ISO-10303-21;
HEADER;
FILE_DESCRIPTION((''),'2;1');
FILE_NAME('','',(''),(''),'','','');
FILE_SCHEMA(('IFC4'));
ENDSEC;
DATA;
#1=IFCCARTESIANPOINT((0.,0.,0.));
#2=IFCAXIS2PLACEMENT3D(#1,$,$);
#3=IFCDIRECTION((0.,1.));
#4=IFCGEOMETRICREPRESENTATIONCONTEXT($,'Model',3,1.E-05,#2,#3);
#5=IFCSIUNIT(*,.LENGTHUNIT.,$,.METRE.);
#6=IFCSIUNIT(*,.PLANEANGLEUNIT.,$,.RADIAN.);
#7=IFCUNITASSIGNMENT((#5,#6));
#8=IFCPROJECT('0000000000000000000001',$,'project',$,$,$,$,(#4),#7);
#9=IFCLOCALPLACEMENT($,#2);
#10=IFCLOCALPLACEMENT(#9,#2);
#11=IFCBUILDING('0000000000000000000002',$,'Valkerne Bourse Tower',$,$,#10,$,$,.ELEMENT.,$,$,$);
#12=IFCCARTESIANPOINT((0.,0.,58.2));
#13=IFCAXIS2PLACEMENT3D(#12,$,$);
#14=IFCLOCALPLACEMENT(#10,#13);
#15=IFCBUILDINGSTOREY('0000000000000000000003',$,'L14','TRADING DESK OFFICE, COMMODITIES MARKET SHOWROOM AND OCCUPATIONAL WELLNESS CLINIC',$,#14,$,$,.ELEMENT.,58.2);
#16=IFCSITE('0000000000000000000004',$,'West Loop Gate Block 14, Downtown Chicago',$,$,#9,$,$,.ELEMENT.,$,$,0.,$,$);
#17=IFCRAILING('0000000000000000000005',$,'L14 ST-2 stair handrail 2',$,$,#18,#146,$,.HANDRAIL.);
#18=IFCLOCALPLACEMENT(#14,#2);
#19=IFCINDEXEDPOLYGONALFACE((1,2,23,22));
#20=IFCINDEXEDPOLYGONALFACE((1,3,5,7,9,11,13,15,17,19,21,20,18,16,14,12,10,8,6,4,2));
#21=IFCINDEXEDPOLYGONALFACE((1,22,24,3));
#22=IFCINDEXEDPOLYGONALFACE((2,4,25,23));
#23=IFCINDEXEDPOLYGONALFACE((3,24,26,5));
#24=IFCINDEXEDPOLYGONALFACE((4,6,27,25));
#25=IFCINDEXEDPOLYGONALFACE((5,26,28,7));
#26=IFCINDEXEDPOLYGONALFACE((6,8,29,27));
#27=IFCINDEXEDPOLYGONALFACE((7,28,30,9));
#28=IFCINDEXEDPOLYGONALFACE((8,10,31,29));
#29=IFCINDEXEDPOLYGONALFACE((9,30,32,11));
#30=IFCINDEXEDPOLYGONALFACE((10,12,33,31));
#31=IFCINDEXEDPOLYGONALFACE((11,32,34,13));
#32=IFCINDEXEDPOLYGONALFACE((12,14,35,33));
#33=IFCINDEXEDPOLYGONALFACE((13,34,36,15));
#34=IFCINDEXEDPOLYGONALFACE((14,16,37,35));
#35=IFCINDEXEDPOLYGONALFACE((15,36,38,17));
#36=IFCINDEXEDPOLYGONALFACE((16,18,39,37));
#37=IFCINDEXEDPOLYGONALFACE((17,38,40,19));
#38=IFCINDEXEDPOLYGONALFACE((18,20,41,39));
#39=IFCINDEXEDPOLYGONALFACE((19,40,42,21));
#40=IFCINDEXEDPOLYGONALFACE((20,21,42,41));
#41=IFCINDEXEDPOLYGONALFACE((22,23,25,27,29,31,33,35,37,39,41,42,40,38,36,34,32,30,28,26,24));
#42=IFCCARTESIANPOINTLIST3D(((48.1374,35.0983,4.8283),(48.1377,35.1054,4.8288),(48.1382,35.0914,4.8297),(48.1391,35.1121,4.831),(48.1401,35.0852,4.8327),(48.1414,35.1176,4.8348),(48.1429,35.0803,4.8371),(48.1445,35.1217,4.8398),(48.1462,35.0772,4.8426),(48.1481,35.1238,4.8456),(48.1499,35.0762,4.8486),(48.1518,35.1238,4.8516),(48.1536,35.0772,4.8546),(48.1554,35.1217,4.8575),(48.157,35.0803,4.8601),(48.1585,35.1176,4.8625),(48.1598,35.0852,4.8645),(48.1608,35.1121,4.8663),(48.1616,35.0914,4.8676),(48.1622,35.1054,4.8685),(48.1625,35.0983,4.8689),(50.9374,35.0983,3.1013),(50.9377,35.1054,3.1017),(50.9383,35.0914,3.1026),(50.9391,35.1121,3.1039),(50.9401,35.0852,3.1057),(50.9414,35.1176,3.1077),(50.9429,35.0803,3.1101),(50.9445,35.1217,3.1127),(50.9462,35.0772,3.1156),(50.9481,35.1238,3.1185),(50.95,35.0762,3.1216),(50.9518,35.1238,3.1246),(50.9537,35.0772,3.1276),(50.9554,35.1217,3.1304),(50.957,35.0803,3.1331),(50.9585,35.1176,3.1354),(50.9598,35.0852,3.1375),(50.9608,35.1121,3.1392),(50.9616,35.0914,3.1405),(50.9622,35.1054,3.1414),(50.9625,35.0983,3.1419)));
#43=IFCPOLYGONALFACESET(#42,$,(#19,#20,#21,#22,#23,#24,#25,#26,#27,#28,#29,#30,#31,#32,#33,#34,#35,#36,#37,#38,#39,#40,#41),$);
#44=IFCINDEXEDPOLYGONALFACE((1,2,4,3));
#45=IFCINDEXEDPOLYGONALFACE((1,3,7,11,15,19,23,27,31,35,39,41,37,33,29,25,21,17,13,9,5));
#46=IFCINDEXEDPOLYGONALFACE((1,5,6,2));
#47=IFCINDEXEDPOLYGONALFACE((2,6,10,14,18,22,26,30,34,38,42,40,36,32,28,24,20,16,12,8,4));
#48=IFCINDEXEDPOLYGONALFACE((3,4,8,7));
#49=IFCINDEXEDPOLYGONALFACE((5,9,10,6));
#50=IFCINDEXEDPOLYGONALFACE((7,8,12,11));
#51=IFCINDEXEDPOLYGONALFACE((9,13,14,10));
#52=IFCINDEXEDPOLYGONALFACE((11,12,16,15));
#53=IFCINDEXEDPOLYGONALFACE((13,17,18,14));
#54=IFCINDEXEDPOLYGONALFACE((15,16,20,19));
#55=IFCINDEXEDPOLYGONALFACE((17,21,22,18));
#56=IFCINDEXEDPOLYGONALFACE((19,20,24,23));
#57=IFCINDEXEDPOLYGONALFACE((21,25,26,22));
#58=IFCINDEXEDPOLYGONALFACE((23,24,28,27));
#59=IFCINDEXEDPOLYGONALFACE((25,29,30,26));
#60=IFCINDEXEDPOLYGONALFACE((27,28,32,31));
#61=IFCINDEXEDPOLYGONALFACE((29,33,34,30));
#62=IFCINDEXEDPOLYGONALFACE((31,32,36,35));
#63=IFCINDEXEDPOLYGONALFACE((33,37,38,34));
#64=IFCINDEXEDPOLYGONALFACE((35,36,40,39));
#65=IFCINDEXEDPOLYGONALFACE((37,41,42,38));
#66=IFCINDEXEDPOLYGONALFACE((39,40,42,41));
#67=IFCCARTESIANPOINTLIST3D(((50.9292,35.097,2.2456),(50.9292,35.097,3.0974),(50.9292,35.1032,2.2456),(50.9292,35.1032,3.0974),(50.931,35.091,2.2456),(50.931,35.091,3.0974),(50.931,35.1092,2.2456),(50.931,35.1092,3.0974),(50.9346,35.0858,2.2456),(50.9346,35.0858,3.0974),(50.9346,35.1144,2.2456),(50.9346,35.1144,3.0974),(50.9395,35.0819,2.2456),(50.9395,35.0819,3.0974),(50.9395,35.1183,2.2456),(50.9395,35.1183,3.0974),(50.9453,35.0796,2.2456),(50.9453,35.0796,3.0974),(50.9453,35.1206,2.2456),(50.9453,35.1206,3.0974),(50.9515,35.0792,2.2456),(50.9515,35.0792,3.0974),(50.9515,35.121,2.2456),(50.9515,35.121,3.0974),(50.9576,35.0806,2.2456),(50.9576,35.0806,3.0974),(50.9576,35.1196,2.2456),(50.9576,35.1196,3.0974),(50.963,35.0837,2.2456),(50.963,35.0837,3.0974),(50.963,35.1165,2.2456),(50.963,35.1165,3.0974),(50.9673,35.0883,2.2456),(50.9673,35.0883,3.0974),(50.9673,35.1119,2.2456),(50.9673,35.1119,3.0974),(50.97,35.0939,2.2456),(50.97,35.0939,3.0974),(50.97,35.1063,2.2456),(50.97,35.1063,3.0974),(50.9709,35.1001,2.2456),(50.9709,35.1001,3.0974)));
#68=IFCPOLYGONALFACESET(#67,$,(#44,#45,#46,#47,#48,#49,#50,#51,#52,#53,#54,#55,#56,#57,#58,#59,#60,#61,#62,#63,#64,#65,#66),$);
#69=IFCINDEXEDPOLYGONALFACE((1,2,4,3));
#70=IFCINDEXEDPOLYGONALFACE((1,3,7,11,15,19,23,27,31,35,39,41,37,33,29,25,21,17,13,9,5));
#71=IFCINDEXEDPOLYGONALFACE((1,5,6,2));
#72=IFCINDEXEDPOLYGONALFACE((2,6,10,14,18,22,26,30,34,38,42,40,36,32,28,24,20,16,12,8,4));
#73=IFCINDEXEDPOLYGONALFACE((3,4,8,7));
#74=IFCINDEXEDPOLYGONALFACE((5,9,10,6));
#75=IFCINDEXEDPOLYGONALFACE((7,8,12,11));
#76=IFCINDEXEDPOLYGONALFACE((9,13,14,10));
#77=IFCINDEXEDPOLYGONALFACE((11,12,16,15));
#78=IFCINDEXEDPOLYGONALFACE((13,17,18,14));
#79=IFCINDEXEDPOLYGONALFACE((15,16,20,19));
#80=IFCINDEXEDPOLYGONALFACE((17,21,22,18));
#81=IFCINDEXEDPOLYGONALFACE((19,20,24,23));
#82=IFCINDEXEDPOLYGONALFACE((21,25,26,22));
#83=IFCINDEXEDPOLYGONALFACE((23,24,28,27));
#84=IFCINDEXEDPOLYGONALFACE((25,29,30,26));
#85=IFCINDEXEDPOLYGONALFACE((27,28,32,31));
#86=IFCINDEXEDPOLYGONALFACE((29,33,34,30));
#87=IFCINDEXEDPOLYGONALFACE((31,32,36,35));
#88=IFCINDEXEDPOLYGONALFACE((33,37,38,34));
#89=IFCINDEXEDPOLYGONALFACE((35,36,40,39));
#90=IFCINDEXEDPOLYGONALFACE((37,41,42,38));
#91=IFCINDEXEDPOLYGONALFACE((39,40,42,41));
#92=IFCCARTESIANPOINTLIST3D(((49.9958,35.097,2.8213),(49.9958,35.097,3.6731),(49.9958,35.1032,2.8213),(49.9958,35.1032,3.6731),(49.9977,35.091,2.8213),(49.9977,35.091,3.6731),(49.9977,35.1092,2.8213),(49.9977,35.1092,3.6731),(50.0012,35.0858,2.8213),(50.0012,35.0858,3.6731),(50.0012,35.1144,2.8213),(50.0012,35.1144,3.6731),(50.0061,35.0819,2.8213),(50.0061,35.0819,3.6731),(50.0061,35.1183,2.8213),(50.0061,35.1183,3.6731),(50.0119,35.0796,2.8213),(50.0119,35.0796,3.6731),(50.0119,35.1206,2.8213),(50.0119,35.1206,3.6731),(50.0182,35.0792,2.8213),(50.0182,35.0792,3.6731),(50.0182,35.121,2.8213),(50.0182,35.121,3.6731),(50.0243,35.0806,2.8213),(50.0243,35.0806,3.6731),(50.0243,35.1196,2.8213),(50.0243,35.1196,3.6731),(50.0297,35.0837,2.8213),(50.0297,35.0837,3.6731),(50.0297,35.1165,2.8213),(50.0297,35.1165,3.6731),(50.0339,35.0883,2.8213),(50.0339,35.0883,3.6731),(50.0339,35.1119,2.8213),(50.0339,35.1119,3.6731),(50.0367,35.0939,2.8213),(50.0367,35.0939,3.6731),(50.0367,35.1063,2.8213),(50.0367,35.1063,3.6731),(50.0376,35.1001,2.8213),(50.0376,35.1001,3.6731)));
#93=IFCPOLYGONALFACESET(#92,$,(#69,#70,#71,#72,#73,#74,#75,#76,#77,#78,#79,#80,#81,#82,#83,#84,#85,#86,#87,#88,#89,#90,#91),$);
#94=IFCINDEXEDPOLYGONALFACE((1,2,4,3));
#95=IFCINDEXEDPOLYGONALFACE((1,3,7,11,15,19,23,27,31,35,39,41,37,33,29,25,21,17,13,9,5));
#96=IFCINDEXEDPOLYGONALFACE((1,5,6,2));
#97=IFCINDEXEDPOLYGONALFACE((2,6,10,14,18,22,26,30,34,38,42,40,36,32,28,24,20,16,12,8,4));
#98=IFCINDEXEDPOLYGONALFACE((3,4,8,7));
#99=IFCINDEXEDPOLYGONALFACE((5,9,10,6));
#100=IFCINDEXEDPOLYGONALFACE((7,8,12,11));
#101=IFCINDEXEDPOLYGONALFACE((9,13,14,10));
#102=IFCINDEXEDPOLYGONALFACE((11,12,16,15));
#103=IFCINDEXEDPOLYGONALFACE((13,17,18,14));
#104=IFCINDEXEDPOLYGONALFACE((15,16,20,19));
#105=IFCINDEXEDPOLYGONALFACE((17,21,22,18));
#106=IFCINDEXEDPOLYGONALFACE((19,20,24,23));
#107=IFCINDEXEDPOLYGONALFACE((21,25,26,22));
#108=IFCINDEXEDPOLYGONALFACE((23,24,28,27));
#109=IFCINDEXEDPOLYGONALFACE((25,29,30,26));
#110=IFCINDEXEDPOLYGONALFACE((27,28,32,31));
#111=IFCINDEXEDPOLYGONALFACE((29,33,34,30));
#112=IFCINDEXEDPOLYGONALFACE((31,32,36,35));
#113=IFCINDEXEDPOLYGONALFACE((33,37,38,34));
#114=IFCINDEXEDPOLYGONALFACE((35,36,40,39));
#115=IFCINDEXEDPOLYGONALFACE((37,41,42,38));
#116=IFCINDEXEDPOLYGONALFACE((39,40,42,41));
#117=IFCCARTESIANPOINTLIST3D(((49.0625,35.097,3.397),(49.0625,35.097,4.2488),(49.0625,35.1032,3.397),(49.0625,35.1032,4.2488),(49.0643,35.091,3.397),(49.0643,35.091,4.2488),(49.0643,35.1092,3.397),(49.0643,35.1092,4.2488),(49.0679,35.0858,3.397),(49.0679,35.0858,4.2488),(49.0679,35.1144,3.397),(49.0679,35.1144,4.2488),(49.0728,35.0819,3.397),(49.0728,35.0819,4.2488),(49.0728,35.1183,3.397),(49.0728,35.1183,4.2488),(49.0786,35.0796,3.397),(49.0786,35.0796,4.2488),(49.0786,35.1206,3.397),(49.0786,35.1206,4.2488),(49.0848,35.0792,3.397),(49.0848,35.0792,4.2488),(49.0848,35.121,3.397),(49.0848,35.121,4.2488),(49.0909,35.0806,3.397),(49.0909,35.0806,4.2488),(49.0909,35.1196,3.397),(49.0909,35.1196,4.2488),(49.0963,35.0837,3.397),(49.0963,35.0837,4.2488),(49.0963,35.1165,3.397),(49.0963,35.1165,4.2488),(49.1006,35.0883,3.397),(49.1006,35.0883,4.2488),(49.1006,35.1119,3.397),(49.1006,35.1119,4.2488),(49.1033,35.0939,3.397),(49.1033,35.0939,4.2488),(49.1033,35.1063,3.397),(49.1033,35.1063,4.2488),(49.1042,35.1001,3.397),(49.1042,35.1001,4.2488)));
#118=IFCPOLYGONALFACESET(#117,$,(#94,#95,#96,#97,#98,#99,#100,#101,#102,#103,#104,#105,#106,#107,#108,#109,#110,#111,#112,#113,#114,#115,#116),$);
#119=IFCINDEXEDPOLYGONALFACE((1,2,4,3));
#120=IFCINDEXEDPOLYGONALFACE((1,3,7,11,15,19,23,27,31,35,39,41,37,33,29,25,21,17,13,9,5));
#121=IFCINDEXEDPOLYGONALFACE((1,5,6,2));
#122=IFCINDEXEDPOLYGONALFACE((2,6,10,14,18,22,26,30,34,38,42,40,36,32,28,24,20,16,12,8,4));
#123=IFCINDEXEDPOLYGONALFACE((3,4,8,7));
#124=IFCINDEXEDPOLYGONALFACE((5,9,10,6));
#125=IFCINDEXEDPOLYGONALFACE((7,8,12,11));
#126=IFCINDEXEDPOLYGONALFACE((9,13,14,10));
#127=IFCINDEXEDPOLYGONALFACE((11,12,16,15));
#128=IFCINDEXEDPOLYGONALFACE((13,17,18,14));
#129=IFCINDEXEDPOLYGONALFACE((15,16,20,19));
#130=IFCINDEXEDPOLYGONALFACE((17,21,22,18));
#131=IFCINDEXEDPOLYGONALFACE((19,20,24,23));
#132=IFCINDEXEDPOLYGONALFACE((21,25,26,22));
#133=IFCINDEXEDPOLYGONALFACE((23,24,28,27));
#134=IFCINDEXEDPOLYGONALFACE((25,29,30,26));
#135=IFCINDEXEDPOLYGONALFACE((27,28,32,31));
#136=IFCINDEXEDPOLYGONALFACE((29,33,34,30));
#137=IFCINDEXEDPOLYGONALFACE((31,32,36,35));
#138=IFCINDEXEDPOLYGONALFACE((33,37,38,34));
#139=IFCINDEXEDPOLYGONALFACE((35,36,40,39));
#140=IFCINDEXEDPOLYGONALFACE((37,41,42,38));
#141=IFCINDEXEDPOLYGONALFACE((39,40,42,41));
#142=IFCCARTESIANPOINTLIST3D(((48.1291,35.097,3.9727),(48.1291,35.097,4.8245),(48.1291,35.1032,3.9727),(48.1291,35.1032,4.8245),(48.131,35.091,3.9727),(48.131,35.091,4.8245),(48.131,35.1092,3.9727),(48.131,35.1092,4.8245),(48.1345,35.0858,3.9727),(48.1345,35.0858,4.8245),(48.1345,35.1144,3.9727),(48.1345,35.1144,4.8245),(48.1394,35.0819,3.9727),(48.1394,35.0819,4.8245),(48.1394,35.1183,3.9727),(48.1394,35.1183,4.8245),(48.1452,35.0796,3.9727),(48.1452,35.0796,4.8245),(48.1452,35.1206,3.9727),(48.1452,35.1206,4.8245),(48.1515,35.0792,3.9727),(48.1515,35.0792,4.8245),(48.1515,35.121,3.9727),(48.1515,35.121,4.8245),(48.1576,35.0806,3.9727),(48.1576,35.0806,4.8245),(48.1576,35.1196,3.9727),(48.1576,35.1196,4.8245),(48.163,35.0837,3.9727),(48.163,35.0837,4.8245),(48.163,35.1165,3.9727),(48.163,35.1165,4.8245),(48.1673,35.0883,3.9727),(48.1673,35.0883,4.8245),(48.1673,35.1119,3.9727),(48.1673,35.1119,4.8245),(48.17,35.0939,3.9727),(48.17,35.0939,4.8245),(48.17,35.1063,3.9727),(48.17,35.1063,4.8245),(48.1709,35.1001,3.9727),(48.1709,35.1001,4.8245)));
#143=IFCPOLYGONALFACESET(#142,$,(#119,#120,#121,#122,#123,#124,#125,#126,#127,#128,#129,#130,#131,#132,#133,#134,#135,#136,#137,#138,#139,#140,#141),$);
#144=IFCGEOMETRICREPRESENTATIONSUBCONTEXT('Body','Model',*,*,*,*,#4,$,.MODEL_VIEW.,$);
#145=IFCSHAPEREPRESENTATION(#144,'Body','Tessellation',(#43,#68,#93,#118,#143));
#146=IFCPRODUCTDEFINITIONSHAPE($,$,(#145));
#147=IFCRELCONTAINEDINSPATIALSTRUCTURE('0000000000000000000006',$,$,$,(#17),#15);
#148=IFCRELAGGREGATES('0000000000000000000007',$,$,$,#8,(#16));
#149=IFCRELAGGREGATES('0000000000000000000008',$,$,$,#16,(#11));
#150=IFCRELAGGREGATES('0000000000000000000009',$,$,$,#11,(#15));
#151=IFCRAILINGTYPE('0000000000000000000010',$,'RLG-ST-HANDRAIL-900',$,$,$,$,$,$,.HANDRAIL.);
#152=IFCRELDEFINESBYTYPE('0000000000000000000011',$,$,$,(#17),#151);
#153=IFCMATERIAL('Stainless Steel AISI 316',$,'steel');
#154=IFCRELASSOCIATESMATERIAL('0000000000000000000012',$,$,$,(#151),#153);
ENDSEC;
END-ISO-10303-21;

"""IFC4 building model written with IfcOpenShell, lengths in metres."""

from ifc_helpers import new_model, si_unit, direction, frame, origin, origin_2d, place, context, subcontext, project, spatial, circle, extrude, material, type_object, element, save


model = new_model("IFC4")

# Units and contexts
model_context = context("Model", 3, precision=1e-05, world=origin(), true_north=direction((0.0, 1.0)))
body_context = subcontext(model_context, "Body", "Model", "MODEL_VIEW")
ifc_project = project(units=[si_unit("LENGTHUNIT", "METRE"), si_unit("PLANEANGLEUNIT", "RADIAN")], contexts=[model_context])

# Site, building, storey
site_placement = place(None, origin())
site = spatial("IfcSite", under=ifc_project, at=site_placement, Name="West Loop Gate Block 14, Downtown Chicago", CompositionType="ELEMENT", RefElevation=0.0)
building_placement = place(site_placement, origin())
building = spatial("IfcBuilding", under=site, at=building_placement, Name="Valkerne Bourse Tower", CompositionType="ELEMENT")
storey_placement = place(building_placement, frame((0.0, 0.0, 58.2)))
storey = spatial("IfcBuildingStorey", under=building, at=storey_placement, Name="L14", Description="TRADING DESK OFFICE, COMMODITIES MARKET SHOWROOM AND OCCUPATIONAL WELLNESS CLINIC", CompositionType="ELEMENT", Elevation=58.2)

# Shared definitions
ifc_material_1 = material(Name="Stainless Steel AISI 316", Category="steel")

# Railing
railing_type_1 = type_object("IfcRailingType", Name="RLG-ST-HANDRAIL-900", PredefinedType="HANDRAIL", material=ifc_material_1)
railing_1_placement = place(storey_placement, frame((50.95, 35.1001, 2.2456)))
element("IfcRailing", 1, at=railing_1_placement, inside=storey, type_object=railing_type_1, Name="L14 ST-2 stair handrail 2", PredefinedType="HANDRAIL", context=body_context, shape_type="SweptSolid", body=[
    extrude(circle(Radius=0.0239, at=origin_2d()), frame((0.0, 0.0, 0.876), z_axis=(-0.851123, 0.0, 0.524967), x_axis=(0.0, -1.0, 0.0)), (0.0, 0.0, 1.0), 3.2898),
    extrude(circle(Radius=0.021, at=origin_2d()), origin(), (0.0, 0.0, 1.0), 0.8518),
    extrude(circle(Radius=0.021, at=origin_2d()), frame((-0.9333, 0.0, 0.5757)), (0.0, 0.0, 1.0), 0.8518),
    extrude(circle(Radius=0.021, at=origin_2d()), frame((-1.8667, 0.0, 1.1514)), (0.0, 0.0, 1.0), 0.8518),
    extrude(circle(Radius=0.021, at=origin_2d()), frame((-2.8, 0.0, 1.7271)), (0.0, 0.0, 1.0), 0.8518),
])

save(model, "model.ifc")
